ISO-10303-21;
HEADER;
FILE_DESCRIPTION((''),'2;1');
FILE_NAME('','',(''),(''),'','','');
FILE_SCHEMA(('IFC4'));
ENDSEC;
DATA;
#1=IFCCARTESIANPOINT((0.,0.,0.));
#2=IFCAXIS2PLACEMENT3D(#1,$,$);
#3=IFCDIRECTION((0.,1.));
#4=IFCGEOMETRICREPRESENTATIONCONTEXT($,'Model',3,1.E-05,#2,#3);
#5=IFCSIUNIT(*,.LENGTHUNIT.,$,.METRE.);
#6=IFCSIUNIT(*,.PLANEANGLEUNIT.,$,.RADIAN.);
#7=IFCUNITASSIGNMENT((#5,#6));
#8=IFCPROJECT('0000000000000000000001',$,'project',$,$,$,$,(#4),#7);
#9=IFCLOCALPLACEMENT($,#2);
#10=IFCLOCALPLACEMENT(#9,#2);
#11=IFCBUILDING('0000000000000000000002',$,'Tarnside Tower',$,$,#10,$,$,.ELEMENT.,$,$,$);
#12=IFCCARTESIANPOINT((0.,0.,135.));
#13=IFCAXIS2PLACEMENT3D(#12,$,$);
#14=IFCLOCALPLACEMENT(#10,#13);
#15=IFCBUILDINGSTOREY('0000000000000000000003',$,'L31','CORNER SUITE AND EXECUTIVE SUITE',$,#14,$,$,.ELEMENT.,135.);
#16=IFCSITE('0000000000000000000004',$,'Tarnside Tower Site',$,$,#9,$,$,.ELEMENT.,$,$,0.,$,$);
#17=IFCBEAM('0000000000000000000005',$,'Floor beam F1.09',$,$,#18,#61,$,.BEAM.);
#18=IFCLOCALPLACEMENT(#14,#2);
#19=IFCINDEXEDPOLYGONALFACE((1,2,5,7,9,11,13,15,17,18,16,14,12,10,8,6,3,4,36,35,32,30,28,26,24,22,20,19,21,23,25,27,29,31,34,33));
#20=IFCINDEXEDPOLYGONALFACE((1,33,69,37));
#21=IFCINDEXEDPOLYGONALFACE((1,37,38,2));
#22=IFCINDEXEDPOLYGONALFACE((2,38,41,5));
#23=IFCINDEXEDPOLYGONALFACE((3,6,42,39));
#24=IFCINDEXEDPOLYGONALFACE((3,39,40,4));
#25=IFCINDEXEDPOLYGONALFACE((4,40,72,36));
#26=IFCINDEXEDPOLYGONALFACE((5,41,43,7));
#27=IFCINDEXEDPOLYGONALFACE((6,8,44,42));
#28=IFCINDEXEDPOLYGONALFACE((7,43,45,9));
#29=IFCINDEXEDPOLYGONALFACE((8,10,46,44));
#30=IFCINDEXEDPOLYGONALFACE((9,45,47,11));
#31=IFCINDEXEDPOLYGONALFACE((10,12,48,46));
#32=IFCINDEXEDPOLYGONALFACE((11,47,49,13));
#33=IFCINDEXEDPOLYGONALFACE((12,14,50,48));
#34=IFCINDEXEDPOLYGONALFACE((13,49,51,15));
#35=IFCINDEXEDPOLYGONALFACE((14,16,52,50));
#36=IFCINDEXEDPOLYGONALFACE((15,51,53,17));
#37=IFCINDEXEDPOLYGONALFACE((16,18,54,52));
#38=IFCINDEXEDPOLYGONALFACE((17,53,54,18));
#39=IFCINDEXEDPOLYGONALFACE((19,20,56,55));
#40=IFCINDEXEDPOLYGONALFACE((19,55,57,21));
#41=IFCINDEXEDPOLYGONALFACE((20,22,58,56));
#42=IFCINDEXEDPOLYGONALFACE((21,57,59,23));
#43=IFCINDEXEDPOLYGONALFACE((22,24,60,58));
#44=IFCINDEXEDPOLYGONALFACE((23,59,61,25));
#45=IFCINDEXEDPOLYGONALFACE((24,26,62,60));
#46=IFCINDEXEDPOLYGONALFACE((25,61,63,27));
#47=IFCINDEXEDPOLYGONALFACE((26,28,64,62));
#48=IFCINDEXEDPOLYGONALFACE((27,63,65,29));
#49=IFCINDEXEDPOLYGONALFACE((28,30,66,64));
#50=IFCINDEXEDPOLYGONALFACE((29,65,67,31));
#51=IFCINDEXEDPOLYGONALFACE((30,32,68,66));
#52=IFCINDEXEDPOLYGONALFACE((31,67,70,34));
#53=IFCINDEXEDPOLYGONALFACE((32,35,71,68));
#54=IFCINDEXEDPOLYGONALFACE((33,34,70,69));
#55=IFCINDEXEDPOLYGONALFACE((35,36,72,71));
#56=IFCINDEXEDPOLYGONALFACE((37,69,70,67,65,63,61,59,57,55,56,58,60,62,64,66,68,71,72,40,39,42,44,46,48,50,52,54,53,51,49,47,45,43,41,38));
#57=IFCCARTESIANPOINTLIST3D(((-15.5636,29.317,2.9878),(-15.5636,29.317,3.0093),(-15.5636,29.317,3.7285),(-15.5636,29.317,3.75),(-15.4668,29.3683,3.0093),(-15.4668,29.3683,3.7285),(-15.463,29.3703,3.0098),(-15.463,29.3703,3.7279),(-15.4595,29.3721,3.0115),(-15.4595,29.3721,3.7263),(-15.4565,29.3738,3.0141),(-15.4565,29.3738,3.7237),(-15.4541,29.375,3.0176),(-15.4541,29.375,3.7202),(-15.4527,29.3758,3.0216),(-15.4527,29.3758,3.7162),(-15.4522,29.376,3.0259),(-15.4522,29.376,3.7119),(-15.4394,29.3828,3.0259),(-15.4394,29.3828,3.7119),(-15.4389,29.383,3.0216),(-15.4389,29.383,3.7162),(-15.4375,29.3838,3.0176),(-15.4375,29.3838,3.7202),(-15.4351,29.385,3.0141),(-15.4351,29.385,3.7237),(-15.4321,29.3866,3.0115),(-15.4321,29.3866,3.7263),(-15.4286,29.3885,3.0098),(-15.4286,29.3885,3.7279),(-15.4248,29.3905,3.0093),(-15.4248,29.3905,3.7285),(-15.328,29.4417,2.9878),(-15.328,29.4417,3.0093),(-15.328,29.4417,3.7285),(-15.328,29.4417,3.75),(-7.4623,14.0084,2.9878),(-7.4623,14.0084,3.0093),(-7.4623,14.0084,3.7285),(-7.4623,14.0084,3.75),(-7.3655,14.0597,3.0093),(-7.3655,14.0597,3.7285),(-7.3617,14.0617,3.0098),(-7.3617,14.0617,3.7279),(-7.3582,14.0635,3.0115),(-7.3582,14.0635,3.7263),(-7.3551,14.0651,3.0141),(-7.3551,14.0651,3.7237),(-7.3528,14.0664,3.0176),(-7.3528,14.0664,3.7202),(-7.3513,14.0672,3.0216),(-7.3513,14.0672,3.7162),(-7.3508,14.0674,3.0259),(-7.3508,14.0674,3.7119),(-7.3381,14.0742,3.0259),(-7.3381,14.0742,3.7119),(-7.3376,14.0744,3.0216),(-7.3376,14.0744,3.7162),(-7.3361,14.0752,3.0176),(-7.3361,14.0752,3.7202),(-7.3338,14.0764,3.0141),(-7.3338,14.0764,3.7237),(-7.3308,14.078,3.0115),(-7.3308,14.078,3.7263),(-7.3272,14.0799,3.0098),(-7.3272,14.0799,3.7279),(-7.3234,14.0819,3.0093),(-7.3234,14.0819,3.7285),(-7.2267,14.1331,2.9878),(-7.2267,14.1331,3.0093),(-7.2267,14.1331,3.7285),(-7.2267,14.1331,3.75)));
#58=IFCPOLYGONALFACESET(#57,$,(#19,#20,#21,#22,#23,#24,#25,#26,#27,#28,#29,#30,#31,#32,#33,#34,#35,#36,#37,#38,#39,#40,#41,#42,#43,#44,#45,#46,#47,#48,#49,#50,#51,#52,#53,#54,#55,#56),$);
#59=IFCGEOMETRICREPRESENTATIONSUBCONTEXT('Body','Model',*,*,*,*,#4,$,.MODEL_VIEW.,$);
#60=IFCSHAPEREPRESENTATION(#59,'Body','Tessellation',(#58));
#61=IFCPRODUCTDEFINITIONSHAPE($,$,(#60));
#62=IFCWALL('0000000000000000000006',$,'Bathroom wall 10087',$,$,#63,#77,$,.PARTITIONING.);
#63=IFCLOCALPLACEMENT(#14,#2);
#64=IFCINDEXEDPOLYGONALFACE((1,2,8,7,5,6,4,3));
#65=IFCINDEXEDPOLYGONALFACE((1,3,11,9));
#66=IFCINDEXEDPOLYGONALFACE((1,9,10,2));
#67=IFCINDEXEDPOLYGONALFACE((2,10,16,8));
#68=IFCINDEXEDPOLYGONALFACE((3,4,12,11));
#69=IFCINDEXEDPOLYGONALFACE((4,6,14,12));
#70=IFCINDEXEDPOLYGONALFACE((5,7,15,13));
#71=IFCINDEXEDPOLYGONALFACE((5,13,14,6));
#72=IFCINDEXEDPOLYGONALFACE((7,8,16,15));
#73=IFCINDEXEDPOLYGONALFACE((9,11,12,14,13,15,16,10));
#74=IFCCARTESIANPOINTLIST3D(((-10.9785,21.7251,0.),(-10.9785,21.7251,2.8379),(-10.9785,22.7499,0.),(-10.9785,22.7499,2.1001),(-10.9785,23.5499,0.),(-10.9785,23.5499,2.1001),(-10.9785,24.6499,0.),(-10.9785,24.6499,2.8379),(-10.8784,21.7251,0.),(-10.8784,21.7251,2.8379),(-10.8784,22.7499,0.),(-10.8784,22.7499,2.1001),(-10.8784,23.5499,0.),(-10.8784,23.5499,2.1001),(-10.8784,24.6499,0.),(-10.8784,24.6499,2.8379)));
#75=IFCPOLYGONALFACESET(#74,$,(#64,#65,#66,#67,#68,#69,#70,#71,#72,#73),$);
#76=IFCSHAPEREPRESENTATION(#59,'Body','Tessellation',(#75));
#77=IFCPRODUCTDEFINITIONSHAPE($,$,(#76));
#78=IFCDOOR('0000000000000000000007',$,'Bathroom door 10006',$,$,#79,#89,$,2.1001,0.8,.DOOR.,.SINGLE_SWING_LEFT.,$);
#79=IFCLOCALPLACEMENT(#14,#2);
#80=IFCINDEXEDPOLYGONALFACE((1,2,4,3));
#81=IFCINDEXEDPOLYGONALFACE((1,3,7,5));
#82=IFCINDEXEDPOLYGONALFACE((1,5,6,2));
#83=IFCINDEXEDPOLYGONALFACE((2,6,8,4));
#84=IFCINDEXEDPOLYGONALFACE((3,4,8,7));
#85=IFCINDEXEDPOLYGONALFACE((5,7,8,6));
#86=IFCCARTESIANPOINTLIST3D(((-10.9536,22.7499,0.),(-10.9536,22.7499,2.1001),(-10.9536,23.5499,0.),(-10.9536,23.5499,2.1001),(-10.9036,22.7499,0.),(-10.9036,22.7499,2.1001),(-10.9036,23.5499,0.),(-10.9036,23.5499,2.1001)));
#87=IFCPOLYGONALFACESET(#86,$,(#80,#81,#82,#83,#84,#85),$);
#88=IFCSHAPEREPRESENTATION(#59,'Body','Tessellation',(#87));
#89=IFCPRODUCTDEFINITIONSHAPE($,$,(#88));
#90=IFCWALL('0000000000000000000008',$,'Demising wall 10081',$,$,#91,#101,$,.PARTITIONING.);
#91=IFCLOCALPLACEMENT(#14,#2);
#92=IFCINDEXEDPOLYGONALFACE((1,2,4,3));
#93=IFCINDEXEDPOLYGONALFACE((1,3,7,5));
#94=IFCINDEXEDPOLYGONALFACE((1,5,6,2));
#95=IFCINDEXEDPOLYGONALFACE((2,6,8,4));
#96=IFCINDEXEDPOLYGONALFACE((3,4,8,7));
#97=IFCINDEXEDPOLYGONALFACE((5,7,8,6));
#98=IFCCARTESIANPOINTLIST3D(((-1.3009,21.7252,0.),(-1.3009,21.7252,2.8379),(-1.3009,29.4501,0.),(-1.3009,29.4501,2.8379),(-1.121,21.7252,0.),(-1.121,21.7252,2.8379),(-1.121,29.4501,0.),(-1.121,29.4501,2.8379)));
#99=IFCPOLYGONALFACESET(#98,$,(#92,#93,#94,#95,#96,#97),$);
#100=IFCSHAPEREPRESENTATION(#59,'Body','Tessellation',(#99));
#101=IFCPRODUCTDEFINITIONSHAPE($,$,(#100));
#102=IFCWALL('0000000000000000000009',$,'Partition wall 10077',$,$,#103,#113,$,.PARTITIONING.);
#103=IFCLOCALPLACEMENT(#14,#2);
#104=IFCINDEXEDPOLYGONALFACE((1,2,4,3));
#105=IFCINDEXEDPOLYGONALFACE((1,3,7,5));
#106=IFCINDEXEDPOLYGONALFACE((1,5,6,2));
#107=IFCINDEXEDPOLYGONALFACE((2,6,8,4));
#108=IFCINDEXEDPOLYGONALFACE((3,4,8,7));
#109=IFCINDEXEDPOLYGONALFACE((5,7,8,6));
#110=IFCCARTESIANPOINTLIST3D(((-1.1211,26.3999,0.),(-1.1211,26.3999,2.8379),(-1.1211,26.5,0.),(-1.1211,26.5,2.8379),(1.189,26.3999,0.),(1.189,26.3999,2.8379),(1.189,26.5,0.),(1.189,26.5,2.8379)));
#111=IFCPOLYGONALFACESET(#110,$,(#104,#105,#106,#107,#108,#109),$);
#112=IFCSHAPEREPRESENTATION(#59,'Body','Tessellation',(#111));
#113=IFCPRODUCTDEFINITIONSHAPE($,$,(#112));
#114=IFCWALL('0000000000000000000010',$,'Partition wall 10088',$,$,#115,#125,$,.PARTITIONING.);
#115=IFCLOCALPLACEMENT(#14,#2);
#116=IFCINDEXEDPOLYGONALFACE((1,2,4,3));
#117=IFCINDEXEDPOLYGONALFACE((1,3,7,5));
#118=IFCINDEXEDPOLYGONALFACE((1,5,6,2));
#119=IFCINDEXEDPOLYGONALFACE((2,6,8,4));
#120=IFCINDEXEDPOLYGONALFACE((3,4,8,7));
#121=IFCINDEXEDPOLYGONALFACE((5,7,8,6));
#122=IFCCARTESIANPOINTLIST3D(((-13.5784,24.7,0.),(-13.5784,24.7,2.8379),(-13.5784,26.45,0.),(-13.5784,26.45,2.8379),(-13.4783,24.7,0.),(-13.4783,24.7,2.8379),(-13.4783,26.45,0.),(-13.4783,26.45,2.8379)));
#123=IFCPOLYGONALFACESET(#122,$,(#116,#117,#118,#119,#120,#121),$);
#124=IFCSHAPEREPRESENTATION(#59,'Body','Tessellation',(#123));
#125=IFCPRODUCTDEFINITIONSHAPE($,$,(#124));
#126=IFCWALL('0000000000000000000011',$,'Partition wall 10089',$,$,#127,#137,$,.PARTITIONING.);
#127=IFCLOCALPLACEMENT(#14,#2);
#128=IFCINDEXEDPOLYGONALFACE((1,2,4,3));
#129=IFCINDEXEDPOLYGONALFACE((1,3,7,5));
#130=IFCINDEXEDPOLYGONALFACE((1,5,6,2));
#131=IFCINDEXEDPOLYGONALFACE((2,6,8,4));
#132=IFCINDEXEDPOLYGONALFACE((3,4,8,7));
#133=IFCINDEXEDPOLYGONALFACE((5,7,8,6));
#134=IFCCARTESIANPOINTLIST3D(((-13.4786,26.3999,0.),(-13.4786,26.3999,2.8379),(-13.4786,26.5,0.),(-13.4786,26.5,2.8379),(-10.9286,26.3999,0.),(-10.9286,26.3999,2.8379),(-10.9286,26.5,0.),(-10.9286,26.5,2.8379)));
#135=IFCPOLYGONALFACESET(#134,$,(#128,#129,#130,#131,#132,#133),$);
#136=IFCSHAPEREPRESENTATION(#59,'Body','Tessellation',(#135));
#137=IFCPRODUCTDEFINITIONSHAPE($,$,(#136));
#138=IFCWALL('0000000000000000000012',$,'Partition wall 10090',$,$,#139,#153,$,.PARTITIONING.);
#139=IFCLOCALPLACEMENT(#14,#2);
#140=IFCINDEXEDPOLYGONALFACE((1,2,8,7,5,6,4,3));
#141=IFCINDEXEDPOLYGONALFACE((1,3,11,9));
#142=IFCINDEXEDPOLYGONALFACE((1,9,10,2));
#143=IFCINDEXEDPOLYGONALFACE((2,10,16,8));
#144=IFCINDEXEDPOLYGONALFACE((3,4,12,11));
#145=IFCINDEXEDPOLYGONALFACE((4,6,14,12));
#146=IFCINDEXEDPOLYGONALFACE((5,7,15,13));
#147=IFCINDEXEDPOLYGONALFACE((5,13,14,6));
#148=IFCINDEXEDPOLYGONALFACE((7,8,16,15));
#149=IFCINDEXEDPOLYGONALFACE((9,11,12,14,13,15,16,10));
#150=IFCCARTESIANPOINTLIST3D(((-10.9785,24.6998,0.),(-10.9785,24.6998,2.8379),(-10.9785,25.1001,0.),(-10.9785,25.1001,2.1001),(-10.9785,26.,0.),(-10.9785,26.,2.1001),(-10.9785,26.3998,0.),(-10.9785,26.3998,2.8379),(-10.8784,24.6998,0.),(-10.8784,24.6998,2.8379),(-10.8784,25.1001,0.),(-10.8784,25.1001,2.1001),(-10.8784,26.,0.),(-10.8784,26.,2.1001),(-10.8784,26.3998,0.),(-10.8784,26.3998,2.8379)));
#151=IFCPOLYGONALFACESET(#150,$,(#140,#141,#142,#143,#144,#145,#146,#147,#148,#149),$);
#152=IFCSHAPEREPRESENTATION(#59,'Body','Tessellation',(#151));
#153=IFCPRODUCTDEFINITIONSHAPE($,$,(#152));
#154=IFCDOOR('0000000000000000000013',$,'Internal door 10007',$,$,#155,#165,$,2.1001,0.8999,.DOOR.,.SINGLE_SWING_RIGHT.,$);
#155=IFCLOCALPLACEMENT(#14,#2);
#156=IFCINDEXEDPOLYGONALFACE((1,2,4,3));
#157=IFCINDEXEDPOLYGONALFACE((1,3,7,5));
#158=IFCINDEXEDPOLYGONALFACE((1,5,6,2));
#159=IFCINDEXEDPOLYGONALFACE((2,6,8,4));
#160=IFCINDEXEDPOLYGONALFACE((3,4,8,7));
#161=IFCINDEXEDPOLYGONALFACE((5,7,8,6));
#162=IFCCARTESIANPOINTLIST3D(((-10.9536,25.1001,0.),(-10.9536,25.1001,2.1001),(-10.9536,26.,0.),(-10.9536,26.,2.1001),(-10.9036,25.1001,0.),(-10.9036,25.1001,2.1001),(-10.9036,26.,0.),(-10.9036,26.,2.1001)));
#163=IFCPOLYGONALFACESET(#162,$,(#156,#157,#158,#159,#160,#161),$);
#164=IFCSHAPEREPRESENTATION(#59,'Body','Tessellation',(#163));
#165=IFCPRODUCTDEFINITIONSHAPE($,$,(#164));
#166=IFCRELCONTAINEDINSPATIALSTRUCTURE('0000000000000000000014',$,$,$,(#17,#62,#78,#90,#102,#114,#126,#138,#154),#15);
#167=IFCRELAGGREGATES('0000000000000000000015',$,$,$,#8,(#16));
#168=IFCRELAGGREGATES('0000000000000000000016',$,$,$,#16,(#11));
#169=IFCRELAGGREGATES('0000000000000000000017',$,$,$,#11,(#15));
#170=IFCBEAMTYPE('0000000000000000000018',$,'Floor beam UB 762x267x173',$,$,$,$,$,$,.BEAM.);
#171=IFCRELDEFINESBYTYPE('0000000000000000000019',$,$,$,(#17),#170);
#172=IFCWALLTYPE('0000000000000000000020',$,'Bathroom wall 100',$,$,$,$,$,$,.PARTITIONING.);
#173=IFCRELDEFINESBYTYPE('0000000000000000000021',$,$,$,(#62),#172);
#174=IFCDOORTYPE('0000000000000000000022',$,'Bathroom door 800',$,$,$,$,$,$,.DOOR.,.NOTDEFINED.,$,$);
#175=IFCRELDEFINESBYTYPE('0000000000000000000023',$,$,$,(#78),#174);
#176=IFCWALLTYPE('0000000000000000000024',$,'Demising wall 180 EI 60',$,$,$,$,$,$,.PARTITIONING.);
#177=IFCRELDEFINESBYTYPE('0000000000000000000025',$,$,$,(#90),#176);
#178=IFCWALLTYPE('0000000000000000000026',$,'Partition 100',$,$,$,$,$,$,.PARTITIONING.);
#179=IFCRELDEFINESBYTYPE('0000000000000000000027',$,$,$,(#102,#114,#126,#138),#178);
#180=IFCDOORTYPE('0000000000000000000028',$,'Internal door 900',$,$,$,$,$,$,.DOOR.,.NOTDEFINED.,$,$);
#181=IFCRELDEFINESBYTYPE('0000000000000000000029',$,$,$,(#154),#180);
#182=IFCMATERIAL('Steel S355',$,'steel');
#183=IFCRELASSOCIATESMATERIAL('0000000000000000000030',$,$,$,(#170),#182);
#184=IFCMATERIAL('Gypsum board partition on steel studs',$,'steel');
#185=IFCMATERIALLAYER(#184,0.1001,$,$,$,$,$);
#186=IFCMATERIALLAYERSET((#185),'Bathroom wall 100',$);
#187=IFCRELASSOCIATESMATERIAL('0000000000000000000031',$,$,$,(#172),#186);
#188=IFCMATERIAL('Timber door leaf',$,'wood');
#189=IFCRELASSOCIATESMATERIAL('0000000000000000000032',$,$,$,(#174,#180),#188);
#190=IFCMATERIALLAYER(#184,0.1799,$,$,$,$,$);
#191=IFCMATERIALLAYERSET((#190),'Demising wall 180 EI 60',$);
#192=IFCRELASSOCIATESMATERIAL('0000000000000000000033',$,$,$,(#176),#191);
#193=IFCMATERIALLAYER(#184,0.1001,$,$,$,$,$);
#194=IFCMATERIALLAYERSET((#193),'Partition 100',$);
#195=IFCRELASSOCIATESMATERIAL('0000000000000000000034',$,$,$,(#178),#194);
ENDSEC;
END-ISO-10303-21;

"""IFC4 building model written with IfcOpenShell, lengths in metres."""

from ifc_helpers import new_model, si_unit, direction, frame, frame_2d, origin, origin_2d, place, context, subcontext, project, spatial, rectangle, i_section, extrude, material, layer, layer_set, material_profile, profile_set, type_object, element, fill, save


model = new_model("IFC4")

# Units and contexts
model_context = context("Model", 3, precision=1e-05, world=origin(), true_north=direction((0.0, 1.0)))
body_context = subcontext(model_context, "Body", "Model", "MODEL_VIEW")
ifc_project = project(units=[si_unit("LENGTHUNIT", "METRE"), si_unit("PLANEANGLEUNIT", "RADIAN")], contexts=[model_context])

# Site, building, storey
site_placement = place(None, origin())
site = spatial("IfcSite", under=ifc_project, at=site_placement, Name="Tarnside Tower Site", CompositionType="ELEMENT", RefElevation=0.0)
building_placement = place(site_placement, origin())
building = spatial("IfcBuilding", under=site, at=building_placement, Name="Tarnside Tower", CompositionType="ELEMENT")
storey_placement = place(building_placement, frame((0.0, 0.0, 135.0)))
storey = spatial("IfcBuildingStorey", under=building, at=storey_placement, Name="L31", Description="CORNER SUITE AND EXECUTIVE SUITE", CompositionType="ELEMENT", Elevation=135.0)

# Beam
ifc_material_1 = material(Name="Steel S355", Category="steel")
ifc_material_profile_1 = material_profile(ifc_material_1, i_section(OverallWidth=0.2666, OverallDepth=0.7622, WebThickness=0.0144, FlangeThickness=0.0215, FilletRadius=0.0166, at=origin_2d()), Name="UB 762x267x173")
ifc_profile_set_1 = profile_set([ifc_material_profile_1], Name="Steel S355")
beam_type_1 = type_object("IfcBeamType", Name="Floor beam UB 762x267x173", PredefinedType="BEAM", material=ifc_profile_set_1)
beam_1_placement = place(storey_placement, frame((-15.4458, 29.3794, 3.3689), z_axis=(0.467742, -0.883865, 0.0), x_axis=(0.883865, 0.467742, 0.0)))
element("IfcBeam", 1, at=beam_1_placement, inside=storey, type_object=beam_type_1, Name="Floor beam F1.09", PredefinedType="BEAM", context=body_context, shape_type="SweptSolid", body=[
    extrude(i_section(OverallWidth=0.2666, OverallDepth=0.7622, WebThickness=0.0144, FlangeThickness=0.0215, FilletRadius=0.0166, at=origin_2d()), origin(), (0.0, 0.0, 1.0), 17.3201),
])

# Wall, opening, door
ifc_material_2 = material(Name="Gypsum board partition on steel studs", Category="steel")
ifc_layer_1 = layer(ifc_material_2, 0.1001)
ifc_layer_set_1 = layer_set([ifc_layer_1], Name="Bathroom wall 100")
wall_type_1 = type_object("IfcWallType", Name="Bathroom wall 100", PredefinedType="PARTITIONING", material=ifc_layer_set_1)
wall_1_placement = place(storey_placement, frame((-10.9285, 24.6499, 0.0), z_axis=(0.0, 0.0, 1.0), x_axis=(0.0, -1.0, 0.0)))
wall_1 = element("IfcWall", 2, at=wall_1_placement, inside=storey, type_object=wall_type_1, Name="Bathroom wall 10087", PredefinedType="PARTITIONING", context=body_context, shape_type="SweptSolid", body=[
    extrude(rectangle(XDim=2.9248, YDim=0.1001, at=frame_2d((1.4624, 0.0))), origin(), (0.0, 0.0, 1.0), 2.8379),
])
opening_1_placement = place(wall_1_placement, frame((1.1001, 0.0, 0.0)))
opening_1 = element("IfcOpeningElement", 3, at=opening_1_placement, cuts=wall_1, PredefinedType="OPENING", context=body_context, shape_type="SweptSolid", body=[
    extrude(rectangle(XDim=0.8, YDim=2.1001, at=frame_2d((0.3999, 1.05))), frame((0.0, 0.0601, 0.0), z_axis=(0.0, -1.0, 0.0), x_axis=(1.0, 0.0, 0.0)), (0.0, 0.0, 1.0), 0.1201),
])
ifc_material_3 = material(Name="Timber door leaf", Category="wood")
door_type_1 = type_object("IfcDoorType", Name="Bathroom door 800", OperationType="NOTDEFINED", PredefinedType="DOOR", material=ifc_material_3)
door_1_placement = place(opening_1_placement, origin())
door_1 = element("IfcDoor", 4, at=door_1_placement, inside=storey, type_object=door_type_1, Name="Bathroom door 10006", OperationType="SINGLE_SWING_LEFT", OverallHeight=2.1001, OverallWidth=0.8, PredefinedType="DOOR", context=body_context, shape_type="SweptSolid", body=[
    extrude(rectangle(XDim=0.8, YDim=2.1001, at=frame_2d((0.3999, 1.05))), frame((0.0, 0.0249, 0.0), z_axis=(0.0, -1.0, 0.0), x_axis=(1.0, 0.0, 0.0)), (0.0, 0.0, 1.0), 0.05),
])
fill(opening_1, door_1)

# Walls
ifc_layer_2 = layer(ifc_material_2, 0.1799)
ifc_layer_set_2 = layer_set([ifc_layer_2], Name="Demising wall 180 EI 60")
wall_type_2 = type_object("IfcWallType", Name="Demising wall 180 EI 60", PredefinedType="PARTITIONING", material=ifc_layer_set_2)
wall_2_placement = place(storey_placement, frame((-1.2109, 29.45, 0.0), z_axis=(0.0, 0.0, 1.0), x_axis=(0.0, -1.0, 0.0)))
element("IfcWall", 5, at=wall_2_placement, inside=storey, type_object=wall_type_2, Name="Demising wall 10081", PredefinedType="PARTITIONING", context=body_context, shape_type="SweptSolid", body=[
    extrude(rectangle(XDim=7.7249, YDim=0.1799, at=frame_2d((3.8623, 0.0))), origin(), (0.0, 0.0, 1.0), 2.8379),
])
ifc_layer_3 = layer(ifc_material_2, 0.1001)
ifc_layer_set_3 = layer_set([ifc_layer_3], Name="Partition 100")
wall_type_3 = type_object("IfcWallType", Name="Partition 100", PredefinedType="PARTITIONING", material=ifc_layer_set_3)
wall_3_placement = place(storey_placement, frame((-1.1211, 26.45, 0.0), z_axis=(0.0, 0.0, 1.0), x_axis=(1.0, 0.0, 0.0)))
element("IfcWall", 6, at=wall_3_placement, inside=storey, type_object=wall_type_3, Name="Partition wall 10077", PredefinedType="PARTITIONING", context=body_context, shape_type="SweptSolid", body=[
    extrude(rectangle(XDim=2.3101, YDim=0.1001, at=frame_2d((1.155, 0.0))), origin(), (0.0, 0.0, 1.0), 2.8379),
])
wall_4_placement = place(storey_placement, frame((-13.5283, 24.7, 0.0), z_axis=(0.0, 0.0, 1.0), x_axis=(0.0, 1.0, 0.0)))
element("IfcWall", 7, at=wall_4_placement, inside=storey, type_object=wall_type_3, Name="Partition wall 10088", PredefinedType="PARTITIONING", context=body_context, shape_type="SweptSolid", body=[
    extrude(rectangle(XDim=1.75, YDim=0.1001, at=frame_2d((0.875, 0.0))), origin(), (0.0, 0.0, 1.0), 2.8379),
])
wall_5_placement = place(storey_placement, frame((-13.4785, 26.45, 0.0), z_axis=(0.0, 0.0, 1.0), x_axis=(1.0, 0.0, 0.0)))
element("IfcWall", 8, at=wall_5_placement, inside=storey, type_object=wall_type_3, Name="Partition wall 10089", PredefinedType="PARTITIONING", context=body_context, shape_type="SweptSolid", body=[
    extrude(rectangle(XDim=2.55, YDim=0.1001, at=frame_2d((1.2749, 0.0))), origin(), (0.0, 0.0, 1.0), 2.8379),
])

# Wall, opening, door
wall_6_placement = place(storey_placement, frame((-10.9285, 26.3999, 0.0), z_axis=(0.0, 0.0, 1.0), x_axis=(0.0, -1.0, 0.0)))
wall_6 = element("IfcWall", 9, at=wall_6_placement, inside=storey, type_object=wall_type_3, Name="Partition wall 10090", PredefinedType="PARTITIONING", context=body_context, shape_type="SweptSolid", body=[
    extrude(rectangle(XDim=1.7, YDim=0.1001, at=frame_2d((0.8501, 0.0))), origin(), (0.0, 0.0, 1.0), 2.8379),
])
opening_2_placement = place(wall_6_placement, frame((0.3999, 0.0, 0.0)))
opening_2 = element("IfcOpeningElement", 10, at=opening_2_placement, cuts=wall_6, PredefinedType="OPENING", context=body_context, shape_type="SweptSolid", body=[
    extrude(rectangle(XDim=0.8999, YDim=2.1001, at=frame_2d((0.45, 1.05))), frame((0.0, 0.0601, 0.0), z_axis=(0.0, -1.0, 0.0), x_axis=(1.0, 0.0, 0.0)), (0.0, 0.0, 1.0), 0.1201),
])
door_type_2 = type_object("IfcDoorType", Name="Internal door 900", OperationType="NOTDEFINED", PredefinedType="DOOR", material=ifc_material_3)
door_2_placement = place(opening_2_placement, origin())
door_2 = element("IfcDoor", 11, at=door_2_placement, inside=storey, type_object=door_type_2, Name="Internal door 10007", OperationType="SINGLE_SWING_RIGHT", OverallHeight=2.1001, OverallWidth=0.8999, PredefinedType="DOOR", context=body_context, shape_type="SweptSolid", body=[
    extrude(rectangle(XDim=0.8999, YDim=2.1001, at=frame_2d((0.45, 1.05))), frame((0.0, 0.0249, 0.0), z_axis=(0.0, -1.0, 0.0), x_axis=(1.0, 0.0, 0.0)), (0.0, 0.0, 1.0), 0.05),
])
fill(opening_2, door_2)

save(model, "model.ifc")
